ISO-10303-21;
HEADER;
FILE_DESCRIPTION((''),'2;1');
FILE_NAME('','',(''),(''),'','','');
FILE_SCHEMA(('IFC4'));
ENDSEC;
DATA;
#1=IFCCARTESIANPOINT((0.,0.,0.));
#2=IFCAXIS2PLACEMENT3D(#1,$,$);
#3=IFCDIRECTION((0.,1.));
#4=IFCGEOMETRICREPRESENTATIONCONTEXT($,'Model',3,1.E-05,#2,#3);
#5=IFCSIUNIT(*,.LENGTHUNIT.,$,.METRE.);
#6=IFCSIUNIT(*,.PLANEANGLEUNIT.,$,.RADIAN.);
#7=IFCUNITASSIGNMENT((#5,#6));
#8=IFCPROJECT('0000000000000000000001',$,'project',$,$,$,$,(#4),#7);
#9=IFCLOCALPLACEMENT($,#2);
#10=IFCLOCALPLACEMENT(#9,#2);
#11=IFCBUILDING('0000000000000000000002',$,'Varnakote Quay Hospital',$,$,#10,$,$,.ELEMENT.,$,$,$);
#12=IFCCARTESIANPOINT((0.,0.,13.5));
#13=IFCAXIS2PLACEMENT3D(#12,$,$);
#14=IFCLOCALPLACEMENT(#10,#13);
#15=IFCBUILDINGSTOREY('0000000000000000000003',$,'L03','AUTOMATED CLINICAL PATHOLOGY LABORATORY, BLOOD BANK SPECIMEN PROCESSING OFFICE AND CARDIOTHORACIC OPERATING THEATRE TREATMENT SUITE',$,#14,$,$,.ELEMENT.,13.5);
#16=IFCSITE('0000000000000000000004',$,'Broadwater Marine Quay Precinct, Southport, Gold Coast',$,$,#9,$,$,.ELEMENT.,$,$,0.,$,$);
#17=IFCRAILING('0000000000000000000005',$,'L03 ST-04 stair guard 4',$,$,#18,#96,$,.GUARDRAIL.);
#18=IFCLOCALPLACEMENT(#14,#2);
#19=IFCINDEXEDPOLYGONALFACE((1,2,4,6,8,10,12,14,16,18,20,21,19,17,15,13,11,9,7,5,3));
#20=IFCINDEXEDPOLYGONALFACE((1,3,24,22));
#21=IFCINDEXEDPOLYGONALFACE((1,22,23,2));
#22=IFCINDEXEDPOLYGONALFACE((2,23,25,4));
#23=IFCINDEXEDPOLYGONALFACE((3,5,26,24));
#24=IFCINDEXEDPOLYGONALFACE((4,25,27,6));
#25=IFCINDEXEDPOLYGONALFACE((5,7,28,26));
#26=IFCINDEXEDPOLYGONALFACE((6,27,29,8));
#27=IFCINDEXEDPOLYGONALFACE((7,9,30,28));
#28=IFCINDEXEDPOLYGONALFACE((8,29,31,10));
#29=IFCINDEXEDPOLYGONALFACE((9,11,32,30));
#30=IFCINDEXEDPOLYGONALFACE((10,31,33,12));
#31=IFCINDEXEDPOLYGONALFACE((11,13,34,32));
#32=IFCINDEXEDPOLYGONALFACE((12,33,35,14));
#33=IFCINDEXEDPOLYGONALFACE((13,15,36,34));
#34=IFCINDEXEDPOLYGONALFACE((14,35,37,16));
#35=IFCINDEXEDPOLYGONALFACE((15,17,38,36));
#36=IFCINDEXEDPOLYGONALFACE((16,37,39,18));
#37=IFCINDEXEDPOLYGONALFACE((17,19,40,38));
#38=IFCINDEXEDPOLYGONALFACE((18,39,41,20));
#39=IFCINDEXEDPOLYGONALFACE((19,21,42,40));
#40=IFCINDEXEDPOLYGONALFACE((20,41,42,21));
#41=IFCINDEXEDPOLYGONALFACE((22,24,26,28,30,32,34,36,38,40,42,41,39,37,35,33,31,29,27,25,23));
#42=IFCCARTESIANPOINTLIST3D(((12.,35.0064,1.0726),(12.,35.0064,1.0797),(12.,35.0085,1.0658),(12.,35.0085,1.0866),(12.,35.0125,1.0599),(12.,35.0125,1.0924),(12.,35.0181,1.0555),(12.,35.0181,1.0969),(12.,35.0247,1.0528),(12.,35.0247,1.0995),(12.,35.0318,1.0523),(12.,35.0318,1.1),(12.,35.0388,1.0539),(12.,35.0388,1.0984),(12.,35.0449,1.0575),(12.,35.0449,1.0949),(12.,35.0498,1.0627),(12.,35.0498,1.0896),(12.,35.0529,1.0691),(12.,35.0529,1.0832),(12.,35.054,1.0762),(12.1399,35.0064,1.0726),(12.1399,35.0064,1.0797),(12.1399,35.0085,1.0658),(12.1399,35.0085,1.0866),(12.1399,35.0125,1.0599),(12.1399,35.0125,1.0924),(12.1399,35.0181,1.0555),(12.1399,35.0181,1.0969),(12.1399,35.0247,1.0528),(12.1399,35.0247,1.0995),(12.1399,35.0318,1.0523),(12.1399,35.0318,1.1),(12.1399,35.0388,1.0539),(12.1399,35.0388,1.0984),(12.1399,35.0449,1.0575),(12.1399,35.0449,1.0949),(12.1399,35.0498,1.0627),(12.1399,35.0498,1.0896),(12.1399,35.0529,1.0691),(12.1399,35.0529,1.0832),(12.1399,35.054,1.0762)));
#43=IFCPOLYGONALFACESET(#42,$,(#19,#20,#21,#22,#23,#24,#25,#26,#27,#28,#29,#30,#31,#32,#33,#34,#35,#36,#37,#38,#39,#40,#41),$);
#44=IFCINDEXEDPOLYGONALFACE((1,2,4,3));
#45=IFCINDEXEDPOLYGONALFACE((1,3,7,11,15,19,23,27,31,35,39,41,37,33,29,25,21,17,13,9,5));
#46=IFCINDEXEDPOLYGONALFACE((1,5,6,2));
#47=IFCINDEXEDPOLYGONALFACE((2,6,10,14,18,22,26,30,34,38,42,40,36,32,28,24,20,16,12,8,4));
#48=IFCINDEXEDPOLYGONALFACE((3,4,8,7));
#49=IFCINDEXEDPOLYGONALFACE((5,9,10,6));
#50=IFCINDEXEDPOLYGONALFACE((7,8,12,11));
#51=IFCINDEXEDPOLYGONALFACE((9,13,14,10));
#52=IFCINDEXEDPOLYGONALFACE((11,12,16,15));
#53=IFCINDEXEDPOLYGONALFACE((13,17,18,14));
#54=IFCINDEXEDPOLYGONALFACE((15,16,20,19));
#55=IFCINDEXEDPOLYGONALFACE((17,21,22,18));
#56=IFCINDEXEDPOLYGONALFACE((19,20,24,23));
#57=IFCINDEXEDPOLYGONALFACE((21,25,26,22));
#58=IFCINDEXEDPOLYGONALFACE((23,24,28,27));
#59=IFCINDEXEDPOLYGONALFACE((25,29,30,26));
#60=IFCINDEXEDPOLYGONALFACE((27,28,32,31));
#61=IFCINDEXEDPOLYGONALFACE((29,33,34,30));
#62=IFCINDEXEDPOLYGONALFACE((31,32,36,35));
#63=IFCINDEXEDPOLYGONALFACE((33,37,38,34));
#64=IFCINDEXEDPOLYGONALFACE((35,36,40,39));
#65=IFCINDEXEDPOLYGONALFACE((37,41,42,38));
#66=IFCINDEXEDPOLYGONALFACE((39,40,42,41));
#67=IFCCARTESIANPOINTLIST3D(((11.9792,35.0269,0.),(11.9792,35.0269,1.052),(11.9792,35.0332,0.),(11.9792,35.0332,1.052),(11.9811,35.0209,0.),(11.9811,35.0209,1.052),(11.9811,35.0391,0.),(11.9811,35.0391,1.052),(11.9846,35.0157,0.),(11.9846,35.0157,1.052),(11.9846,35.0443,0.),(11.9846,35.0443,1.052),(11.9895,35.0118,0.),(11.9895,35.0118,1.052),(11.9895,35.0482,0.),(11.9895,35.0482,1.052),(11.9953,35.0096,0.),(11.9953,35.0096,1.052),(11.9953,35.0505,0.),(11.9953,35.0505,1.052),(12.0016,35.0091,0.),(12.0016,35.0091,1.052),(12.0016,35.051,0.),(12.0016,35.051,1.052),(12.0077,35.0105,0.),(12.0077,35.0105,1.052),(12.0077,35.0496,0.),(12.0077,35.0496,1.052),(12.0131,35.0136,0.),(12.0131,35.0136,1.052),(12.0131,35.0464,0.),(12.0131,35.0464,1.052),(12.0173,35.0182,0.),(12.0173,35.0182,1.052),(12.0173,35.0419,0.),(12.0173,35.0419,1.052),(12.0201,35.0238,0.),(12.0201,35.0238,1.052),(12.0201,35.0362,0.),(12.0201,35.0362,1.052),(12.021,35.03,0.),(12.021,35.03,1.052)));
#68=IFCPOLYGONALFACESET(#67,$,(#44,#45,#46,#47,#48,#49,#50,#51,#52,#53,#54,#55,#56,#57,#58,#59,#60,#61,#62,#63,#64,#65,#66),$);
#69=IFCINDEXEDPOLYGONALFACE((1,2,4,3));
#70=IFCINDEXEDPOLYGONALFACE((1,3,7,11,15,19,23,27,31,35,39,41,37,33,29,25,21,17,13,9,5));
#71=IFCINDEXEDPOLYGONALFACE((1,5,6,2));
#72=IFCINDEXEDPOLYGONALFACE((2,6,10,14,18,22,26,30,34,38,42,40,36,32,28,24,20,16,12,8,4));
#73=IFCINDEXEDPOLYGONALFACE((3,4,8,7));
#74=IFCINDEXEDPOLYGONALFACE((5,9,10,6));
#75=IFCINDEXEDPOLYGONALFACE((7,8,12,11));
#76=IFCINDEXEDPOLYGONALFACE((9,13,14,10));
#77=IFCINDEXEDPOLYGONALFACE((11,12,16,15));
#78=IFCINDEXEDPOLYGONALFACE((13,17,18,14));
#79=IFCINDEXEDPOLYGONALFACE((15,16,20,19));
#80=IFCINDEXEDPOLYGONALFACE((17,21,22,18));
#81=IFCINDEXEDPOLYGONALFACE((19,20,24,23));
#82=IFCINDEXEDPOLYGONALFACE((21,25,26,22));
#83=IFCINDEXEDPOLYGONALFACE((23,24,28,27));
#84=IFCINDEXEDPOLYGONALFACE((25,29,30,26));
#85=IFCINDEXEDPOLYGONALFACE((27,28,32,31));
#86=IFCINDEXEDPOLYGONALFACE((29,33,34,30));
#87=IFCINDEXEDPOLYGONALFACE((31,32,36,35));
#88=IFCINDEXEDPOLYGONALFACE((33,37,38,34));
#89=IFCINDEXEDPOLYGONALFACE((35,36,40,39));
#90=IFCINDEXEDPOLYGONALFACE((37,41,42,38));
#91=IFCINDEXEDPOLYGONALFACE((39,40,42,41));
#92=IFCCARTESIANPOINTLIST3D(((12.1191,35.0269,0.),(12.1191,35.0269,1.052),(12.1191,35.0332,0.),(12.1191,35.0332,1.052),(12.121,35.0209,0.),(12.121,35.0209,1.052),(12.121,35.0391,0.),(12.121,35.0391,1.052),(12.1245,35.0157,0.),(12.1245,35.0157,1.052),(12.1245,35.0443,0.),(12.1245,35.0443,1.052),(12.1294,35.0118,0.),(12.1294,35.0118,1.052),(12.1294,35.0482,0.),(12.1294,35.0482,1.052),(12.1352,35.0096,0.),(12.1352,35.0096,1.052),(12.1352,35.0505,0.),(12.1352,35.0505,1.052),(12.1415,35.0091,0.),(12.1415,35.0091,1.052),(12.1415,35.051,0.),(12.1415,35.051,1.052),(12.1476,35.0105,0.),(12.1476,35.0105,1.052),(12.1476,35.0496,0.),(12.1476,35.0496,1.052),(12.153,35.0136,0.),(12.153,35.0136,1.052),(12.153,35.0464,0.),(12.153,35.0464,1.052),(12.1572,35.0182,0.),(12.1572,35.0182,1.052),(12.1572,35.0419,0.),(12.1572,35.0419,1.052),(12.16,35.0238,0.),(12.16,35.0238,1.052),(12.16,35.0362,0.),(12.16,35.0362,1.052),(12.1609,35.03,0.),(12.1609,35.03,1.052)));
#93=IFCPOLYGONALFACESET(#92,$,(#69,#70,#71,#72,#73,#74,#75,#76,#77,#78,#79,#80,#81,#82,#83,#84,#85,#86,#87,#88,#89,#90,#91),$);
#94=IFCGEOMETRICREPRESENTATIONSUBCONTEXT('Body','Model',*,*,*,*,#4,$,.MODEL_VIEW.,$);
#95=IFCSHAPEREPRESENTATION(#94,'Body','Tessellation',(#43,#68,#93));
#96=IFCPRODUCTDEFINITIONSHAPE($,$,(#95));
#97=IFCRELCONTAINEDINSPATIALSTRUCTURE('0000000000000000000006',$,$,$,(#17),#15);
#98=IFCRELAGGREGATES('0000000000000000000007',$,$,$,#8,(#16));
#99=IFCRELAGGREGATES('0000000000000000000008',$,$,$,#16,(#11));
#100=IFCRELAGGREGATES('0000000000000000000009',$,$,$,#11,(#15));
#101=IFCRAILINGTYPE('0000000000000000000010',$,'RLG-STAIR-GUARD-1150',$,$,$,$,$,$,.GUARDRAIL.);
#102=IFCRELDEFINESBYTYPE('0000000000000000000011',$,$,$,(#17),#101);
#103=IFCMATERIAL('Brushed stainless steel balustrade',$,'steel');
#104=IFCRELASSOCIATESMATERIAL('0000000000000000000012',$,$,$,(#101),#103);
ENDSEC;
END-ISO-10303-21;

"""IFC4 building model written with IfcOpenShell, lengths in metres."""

from ifc_helpers import new_model, si_unit, direction, frame, origin, origin_2d, place, context, subcontext, project, spatial, circle, extrude, material, type_object, element, save


model = new_model("IFC4")

# Units and contexts
model_context = context("Model", 3, precision=1e-05, world=origin(), true_north=direction((0.0, 1.0)))
body_context = subcontext(model_context, "Body", "Model", "MODEL_VIEW")
ifc_project = project(units=[si_unit("LENGTHUNIT", "METRE"), si_unit("PLANEANGLEUNIT", "RADIAN")], contexts=[model_context])

# Site, building, storey
site_placement = place(None, origin())
site = spatial("IfcSite", under=ifc_project, at=site_placement, Name="Broadwater Marine Quay Precinct, Southport, Gold Coast", CompositionType="ELEMENT", RefElevation=0.0)
building_placement = place(site_placement, origin())
building = spatial("IfcBuilding", under=site, at=building_placement, Name="Varnakote Quay Hospital", CompositionType="ELEMENT")
storey_placement = place(building_placement, frame((0.0, 0.0, 13.5)))
storey = spatial("IfcBuildingStorey", under=building, at=storey_placement, Name="L03", Description="AUTOMATED CLINICAL PATHOLOGY LABORATORY, BLOOD BANK SPECIMEN PROCESSING OFFICE AND CARDIOTHORACIC OPERATING THEATRE TREATMENT SUITE", CompositionType="ELEMENT", Elevation=13.5)

# Railing
ifc_material_1 = material(Name="Brushed stainless steel balustrade", Category="steel")
railing_type_1 = type_object("IfcRailingType", Name="RLG-STAIR-GUARD-1150", PredefinedType="GUARDRAIL", material=ifc_material_1)
railing_1_placement = place(storey_placement, frame((12.0, 35.03, 0.0)))
element("IfcRailing", 1, at=railing_1_placement, inside=storey, type_object=railing_type_1, Name="L03 ST-04 stair guard 4", PredefinedType="GUARDRAIL", context=body_context, shape_type="SweptSolid", body=[
    extrude(circle(Radius=0.0239, at=origin_2d()), frame((0.0, 0.0, 1.0762), z_axis=(1.0, 0.0, 0.0), x_axis=(0.0, 1.0, 0.0)), (0.0, 0.0, 1.0), 0.1399),
    extrude(circle(Radius=0.021, at=origin_2d()), origin(), (0.0, 0.0, 1.0), 1.052),
    extrude(circle(Radius=0.021, at=origin_2d()), frame((0.1399, 0.0, 0.0)), (0.0, 0.0, 1.0), 1.052),
])

save(model, "model.ifc")
